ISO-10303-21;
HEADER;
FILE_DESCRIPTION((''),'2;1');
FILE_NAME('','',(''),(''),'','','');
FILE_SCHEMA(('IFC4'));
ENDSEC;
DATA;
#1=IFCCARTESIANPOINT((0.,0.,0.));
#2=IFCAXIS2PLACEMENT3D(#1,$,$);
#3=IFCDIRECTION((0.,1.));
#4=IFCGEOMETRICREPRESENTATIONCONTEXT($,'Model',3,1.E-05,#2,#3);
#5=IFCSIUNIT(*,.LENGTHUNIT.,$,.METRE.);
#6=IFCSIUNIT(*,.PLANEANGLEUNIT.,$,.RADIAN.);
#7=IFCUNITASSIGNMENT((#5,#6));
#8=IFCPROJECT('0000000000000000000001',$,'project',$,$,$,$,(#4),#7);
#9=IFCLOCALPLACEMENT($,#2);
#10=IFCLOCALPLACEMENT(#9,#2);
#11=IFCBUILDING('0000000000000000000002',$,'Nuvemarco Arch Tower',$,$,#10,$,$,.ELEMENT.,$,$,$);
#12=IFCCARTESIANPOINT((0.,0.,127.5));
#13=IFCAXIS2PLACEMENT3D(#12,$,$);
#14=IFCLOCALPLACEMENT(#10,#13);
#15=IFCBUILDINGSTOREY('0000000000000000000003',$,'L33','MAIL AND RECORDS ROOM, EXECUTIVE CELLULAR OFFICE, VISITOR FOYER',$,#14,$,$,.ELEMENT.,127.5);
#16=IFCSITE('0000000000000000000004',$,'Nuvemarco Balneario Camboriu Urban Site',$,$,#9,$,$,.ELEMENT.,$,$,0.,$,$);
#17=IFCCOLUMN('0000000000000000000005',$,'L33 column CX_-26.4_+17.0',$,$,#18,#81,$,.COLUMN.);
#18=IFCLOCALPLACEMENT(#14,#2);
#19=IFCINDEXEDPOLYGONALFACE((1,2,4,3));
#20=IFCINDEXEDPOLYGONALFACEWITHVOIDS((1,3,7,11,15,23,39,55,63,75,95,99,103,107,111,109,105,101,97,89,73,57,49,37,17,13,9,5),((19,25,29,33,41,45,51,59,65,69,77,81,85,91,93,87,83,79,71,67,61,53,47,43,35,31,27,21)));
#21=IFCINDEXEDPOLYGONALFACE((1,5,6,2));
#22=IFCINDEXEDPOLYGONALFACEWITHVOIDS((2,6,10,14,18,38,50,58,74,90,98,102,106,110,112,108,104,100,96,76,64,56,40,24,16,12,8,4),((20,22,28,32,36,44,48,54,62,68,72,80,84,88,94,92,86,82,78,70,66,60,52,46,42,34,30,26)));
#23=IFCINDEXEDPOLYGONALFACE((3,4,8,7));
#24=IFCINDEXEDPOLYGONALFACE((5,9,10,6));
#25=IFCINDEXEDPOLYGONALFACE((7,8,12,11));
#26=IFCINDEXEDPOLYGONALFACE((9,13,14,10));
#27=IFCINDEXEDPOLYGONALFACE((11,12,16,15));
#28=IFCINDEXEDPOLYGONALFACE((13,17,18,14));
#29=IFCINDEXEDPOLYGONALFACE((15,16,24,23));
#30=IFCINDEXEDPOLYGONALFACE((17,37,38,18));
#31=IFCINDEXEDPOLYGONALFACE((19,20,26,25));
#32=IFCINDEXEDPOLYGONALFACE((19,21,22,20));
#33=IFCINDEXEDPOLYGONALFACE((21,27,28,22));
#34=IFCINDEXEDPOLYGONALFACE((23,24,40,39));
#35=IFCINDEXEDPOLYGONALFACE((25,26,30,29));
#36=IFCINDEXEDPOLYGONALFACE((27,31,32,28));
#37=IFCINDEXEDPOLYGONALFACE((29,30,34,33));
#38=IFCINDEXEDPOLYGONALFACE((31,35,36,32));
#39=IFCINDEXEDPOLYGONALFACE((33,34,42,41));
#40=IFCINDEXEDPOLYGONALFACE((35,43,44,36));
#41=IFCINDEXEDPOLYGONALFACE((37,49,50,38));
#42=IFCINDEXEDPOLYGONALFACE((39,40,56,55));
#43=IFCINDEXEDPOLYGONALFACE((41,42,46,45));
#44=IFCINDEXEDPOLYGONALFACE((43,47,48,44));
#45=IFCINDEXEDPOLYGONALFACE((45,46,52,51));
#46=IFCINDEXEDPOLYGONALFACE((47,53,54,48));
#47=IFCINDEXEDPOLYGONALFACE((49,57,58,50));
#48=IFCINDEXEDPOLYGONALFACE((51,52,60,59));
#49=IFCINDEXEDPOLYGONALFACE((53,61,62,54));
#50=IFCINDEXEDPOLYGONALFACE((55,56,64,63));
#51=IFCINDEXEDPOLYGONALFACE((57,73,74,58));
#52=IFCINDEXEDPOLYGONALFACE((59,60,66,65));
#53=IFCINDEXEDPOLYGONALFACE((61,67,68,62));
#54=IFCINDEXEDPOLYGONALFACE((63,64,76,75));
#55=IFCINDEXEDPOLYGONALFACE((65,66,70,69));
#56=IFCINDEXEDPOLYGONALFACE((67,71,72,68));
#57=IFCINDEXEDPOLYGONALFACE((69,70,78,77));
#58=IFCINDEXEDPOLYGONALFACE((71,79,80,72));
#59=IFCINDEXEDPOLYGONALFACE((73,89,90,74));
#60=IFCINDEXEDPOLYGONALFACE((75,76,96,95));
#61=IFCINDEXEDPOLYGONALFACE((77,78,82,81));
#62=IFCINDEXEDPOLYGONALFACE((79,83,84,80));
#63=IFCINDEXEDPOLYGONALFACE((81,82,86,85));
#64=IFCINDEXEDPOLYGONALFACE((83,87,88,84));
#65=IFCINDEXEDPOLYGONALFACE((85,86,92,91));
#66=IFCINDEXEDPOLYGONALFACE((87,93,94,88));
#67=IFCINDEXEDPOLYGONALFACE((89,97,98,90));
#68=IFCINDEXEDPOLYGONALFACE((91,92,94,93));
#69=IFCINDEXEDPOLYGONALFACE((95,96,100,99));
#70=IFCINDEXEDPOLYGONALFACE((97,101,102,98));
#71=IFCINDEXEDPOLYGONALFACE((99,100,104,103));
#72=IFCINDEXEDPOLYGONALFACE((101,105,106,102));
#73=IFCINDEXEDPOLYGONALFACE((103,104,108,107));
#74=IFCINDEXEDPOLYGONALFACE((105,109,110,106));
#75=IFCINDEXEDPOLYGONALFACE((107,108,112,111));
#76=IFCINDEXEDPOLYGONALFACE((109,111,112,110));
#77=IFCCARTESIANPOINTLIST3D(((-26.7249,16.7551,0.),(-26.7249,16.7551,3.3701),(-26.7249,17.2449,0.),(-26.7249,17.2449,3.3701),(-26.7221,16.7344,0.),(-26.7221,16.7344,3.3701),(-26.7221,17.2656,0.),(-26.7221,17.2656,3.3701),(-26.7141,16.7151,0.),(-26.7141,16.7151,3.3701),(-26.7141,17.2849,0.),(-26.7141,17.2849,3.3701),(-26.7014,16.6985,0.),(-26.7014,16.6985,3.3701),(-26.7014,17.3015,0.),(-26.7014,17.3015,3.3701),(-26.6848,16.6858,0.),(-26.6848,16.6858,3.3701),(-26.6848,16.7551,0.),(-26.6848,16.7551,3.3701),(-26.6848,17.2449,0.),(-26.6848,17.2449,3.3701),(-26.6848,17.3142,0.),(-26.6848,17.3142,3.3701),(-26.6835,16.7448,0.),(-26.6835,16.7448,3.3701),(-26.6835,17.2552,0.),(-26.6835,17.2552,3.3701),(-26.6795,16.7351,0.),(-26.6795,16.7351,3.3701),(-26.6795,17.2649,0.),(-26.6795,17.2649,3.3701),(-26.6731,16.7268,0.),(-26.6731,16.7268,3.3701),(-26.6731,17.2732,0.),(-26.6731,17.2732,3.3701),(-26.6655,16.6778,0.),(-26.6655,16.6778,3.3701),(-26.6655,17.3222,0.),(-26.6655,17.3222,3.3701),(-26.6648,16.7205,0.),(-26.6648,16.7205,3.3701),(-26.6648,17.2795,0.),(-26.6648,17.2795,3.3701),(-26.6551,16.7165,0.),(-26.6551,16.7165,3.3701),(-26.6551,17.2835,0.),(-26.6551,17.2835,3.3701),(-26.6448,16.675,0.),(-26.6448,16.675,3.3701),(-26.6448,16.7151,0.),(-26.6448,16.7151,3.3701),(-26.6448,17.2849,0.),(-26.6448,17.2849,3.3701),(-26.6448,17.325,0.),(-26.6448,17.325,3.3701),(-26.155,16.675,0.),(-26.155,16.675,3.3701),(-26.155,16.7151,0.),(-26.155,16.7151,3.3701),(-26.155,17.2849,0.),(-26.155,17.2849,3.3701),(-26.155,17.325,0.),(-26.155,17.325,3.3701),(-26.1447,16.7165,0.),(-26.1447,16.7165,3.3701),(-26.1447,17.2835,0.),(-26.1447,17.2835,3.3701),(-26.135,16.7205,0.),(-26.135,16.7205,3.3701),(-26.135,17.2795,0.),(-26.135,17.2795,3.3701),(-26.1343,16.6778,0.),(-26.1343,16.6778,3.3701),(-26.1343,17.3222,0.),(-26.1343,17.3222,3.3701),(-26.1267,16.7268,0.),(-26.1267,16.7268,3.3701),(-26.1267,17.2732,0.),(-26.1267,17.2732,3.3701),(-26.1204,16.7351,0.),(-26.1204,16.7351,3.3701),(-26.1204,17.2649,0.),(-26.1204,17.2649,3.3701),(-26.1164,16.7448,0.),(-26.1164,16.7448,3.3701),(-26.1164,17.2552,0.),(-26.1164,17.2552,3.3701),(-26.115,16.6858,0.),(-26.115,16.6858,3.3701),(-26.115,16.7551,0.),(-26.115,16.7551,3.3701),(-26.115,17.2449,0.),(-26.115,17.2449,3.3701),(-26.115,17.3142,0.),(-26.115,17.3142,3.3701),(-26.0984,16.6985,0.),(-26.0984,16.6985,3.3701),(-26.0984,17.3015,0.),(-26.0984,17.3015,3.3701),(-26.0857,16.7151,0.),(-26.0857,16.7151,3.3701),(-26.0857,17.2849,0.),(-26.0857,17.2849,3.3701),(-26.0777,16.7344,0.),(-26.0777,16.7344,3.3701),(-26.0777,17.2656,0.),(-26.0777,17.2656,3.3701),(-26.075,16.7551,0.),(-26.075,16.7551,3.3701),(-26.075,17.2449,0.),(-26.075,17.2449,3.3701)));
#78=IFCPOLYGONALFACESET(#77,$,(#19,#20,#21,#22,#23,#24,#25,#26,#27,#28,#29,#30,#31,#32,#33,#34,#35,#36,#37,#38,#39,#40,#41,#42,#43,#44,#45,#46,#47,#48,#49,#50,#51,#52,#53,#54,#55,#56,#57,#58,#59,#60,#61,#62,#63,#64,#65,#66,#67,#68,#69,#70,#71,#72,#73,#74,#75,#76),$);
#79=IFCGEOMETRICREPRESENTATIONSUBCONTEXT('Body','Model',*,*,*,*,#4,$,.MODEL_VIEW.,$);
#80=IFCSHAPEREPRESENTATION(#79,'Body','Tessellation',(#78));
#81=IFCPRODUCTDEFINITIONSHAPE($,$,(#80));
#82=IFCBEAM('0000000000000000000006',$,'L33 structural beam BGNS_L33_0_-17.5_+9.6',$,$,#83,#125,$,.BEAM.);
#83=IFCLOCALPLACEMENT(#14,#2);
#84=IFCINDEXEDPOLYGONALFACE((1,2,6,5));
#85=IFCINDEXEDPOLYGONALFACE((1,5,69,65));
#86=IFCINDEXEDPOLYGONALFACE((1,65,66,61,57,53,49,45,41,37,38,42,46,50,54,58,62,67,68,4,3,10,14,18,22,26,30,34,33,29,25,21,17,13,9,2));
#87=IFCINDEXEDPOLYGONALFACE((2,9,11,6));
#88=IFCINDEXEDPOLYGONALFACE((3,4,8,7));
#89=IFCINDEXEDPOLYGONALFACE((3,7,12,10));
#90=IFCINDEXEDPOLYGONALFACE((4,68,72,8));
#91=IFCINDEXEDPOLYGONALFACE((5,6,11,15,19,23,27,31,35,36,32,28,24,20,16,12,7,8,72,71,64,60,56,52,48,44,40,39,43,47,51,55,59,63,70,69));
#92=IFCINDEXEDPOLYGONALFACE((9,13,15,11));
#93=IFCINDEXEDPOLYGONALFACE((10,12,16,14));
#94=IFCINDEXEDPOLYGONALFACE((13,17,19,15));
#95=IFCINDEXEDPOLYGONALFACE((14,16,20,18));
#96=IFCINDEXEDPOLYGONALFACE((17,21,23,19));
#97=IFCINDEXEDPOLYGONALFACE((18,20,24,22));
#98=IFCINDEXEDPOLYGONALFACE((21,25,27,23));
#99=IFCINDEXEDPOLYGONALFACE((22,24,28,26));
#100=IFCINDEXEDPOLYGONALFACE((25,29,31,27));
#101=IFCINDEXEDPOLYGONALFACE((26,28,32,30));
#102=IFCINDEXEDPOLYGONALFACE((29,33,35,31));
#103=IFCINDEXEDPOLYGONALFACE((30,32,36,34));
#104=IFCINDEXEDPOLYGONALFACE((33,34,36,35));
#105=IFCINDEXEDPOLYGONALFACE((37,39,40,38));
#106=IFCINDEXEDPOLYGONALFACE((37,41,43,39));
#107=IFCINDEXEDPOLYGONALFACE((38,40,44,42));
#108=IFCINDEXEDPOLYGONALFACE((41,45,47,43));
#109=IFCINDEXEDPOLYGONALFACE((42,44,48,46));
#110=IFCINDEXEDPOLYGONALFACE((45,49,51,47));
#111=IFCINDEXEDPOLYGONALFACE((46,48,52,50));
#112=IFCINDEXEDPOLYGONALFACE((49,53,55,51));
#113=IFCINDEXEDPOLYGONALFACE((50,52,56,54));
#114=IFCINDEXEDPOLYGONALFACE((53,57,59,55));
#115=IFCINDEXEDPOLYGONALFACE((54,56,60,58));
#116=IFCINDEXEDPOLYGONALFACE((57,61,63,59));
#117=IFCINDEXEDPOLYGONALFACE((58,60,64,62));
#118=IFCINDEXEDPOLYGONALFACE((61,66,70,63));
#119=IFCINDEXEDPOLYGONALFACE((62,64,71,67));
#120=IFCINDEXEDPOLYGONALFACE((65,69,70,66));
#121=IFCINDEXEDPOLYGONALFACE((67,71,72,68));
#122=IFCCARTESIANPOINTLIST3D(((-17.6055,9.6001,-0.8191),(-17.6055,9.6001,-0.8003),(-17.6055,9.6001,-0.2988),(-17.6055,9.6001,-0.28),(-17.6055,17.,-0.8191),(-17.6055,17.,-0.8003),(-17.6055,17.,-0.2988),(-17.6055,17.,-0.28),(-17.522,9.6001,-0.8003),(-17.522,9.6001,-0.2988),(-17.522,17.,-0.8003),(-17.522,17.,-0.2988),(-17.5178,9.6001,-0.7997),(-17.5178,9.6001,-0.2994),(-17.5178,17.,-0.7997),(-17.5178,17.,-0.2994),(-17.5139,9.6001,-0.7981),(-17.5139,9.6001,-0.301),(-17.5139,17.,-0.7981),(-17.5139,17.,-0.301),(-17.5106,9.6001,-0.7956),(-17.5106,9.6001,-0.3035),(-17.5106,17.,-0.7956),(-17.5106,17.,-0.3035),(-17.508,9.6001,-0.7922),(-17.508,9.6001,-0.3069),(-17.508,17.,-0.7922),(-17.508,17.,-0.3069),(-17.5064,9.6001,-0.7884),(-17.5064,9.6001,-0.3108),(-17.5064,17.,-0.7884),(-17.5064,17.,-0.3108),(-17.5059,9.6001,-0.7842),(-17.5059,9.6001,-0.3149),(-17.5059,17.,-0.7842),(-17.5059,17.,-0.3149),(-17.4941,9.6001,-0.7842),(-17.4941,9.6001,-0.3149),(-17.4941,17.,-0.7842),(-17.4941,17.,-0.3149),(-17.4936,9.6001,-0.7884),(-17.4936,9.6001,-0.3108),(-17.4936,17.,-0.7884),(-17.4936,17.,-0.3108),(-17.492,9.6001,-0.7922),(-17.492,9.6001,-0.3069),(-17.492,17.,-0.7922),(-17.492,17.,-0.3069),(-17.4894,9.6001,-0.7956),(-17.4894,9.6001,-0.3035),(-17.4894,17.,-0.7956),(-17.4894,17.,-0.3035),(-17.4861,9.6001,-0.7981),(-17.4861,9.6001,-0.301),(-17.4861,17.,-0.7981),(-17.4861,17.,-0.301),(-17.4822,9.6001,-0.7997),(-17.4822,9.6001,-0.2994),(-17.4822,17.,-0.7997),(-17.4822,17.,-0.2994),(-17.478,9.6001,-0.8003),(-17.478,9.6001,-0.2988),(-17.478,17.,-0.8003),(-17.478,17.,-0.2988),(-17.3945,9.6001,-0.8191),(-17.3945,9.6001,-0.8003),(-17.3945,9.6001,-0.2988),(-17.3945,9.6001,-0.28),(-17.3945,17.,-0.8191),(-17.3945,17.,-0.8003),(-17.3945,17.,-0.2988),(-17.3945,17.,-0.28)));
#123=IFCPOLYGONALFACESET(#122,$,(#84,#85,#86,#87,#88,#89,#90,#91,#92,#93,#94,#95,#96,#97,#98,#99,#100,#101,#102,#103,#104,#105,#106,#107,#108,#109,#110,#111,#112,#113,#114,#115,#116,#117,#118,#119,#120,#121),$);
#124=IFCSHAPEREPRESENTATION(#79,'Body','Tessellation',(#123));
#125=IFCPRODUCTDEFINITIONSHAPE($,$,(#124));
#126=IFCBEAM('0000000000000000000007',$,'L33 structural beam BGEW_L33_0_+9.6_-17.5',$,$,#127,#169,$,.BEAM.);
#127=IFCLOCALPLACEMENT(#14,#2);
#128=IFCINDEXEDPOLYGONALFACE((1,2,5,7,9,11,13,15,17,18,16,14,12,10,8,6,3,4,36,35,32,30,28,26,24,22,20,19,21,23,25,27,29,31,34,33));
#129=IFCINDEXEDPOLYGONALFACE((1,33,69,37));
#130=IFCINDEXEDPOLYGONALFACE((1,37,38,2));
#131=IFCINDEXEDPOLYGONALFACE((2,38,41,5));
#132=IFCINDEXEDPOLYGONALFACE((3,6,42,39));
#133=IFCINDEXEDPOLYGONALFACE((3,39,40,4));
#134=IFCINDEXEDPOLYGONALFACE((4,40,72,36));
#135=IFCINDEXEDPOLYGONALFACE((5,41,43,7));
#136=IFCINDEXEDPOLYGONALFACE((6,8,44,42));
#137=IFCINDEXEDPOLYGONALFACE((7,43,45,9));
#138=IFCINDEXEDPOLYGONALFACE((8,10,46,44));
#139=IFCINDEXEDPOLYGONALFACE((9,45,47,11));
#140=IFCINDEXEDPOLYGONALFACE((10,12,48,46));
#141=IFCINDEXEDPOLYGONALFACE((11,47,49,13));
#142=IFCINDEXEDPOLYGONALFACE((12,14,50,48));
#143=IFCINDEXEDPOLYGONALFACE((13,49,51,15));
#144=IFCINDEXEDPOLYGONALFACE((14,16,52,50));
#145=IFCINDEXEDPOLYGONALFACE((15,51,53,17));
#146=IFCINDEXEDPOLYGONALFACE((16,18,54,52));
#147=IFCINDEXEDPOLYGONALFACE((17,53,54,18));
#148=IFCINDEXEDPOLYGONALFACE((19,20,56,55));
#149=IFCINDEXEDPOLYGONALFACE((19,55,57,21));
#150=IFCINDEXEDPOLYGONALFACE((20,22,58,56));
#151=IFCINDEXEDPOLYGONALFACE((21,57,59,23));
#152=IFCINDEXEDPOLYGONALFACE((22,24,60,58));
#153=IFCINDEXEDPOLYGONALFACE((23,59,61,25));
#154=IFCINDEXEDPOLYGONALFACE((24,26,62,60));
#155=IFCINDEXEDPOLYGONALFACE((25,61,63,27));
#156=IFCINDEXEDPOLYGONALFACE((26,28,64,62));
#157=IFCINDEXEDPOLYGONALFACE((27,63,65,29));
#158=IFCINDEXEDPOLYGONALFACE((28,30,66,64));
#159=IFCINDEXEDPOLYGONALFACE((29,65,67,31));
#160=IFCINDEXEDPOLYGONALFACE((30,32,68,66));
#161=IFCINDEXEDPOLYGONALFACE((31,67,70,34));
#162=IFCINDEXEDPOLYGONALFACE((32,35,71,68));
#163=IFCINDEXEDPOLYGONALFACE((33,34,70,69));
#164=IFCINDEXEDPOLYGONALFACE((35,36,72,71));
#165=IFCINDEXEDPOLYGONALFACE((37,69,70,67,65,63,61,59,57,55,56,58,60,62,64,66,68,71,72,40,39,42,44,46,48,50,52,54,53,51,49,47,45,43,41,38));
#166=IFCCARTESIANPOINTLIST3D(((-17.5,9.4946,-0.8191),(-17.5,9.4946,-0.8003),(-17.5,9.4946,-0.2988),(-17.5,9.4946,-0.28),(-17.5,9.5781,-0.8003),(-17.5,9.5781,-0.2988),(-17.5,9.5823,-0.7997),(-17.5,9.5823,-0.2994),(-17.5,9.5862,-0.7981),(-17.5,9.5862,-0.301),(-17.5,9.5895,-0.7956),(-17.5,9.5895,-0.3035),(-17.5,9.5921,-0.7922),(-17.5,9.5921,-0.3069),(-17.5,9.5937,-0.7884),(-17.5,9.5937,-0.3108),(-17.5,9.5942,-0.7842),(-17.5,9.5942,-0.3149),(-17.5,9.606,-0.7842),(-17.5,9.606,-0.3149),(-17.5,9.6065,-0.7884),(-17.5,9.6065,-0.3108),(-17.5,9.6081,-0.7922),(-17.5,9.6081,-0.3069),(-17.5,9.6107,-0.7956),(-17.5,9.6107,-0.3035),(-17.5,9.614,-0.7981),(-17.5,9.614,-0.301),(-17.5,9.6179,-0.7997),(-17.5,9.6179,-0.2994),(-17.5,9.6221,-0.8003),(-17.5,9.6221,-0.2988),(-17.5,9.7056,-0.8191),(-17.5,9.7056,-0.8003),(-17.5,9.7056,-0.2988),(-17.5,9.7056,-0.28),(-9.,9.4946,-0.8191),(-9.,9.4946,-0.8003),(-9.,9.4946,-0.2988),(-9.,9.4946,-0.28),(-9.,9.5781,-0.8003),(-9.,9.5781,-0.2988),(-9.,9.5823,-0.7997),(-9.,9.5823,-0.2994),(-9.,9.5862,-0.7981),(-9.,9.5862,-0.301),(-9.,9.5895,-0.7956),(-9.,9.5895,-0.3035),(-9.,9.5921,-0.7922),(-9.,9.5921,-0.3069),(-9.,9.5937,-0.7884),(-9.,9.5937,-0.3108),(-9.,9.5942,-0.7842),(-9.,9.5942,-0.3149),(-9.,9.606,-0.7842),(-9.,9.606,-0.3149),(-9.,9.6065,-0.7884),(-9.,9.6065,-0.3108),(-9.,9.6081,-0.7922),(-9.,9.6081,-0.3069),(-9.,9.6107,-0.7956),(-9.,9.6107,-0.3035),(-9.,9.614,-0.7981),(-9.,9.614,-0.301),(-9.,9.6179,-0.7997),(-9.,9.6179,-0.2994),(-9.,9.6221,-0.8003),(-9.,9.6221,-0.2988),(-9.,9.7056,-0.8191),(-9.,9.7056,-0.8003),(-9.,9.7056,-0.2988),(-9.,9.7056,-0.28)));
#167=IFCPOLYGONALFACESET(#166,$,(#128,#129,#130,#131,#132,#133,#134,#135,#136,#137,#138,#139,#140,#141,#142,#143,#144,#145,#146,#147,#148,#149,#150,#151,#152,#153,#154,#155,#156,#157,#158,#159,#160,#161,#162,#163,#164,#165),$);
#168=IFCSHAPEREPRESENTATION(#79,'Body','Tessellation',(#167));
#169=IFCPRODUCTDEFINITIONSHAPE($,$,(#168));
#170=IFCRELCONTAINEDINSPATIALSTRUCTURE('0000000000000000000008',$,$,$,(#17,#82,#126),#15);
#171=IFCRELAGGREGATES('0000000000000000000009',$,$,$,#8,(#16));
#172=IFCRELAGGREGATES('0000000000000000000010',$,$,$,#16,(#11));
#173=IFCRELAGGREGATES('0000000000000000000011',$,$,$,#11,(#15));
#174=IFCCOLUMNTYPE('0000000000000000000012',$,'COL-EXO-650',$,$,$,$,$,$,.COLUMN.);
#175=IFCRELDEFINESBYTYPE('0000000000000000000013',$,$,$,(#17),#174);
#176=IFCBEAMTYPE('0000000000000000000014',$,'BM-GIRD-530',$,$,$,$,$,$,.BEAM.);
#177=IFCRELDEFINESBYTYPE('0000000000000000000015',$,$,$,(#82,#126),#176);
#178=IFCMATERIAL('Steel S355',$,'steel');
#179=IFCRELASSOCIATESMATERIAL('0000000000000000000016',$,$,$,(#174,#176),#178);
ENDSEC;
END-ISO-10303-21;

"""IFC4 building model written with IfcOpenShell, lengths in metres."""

from ifc_helpers import new_model, si_unit, direction, frame, origin, origin_2d, place, context, subcontext, project, spatial, hollow_rectangle, i_section, extrude, material, material_profile, profile_set, type_object, element, save


model = new_model("IFC4")

# Units and contexts
model_context = context("Model", 3, precision=1e-05, world=origin(), true_north=direction((0.0, 1.0)))
body_context = subcontext(model_context, "Body", "Model", "MODEL_VIEW")
ifc_project = project(units=[si_unit("LENGTHUNIT", "METRE"), si_unit("PLANEANGLEUNIT", "RADIAN")], contexts=[model_context])

# Site, building, storey
site_placement = place(None, origin())
site = spatial("IfcSite", under=ifc_project, at=site_placement, Name="Nuvemarco Balneario Camboriu Urban Site", CompositionType="ELEMENT", RefElevation=0.0)
building_placement = place(site_placement, origin())
building = spatial("IfcBuilding", under=site, at=building_placement, Name="Nuvemarco Arch Tower", CompositionType="ELEMENT")
storey_placement = place(building_placement, frame((0.0, 0.0, 127.5)))
storey = spatial("IfcBuildingStorey", under=building, at=storey_placement, Name="L33", Description="MAIL AND RECORDS ROOM, EXECUTIVE CELLULAR OFFICE, VISITOR FOYER", CompositionType="ELEMENT", Elevation=127.5)

# Column
ifc_material_1 = material(Name="Steel S355", Category="steel")
ifc_material_profile_1 = material_profile(ifc_material_1, hollow_rectangle(XDim=0.6499, YDim=0.6499, WallThickness=0.04, InnerFilletRadius=0.04, OuterFilletRadius=0.0801, at=origin_2d()), Name="SHS650x650x40")
ifc_profile_set_1 = profile_set([ifc_material_profile_1], Name="Steel S355")
column_type = type_object("IfcColumnType", Name="COL-EXO-650", PredefinedType="COLUMN", material=ifc_profile_set_1)
column_placement = place(storey_placement, frame((-26.3999, 17.0, 0.0), z_axis=(0.0, 0.0, 1.0), x_axis=(1.0, 0.0, 0.0)))
element("IfcColumn", 1, at=column_placement, inside=storey, type_object=column_type, Name="L33 column CX_-26.4_+17.0", PredefinedType="COLUMN", context=body_context, shape_type="SweptSolid", body=[
    extrude(hollow_rectangle(XDim=0.6499, YDim=0.6499, WallThickness=0.04, InnerFilletRadius=0.04, OuterFilletRadius=0.0801, at=origin_2d()), origin(), (0.0, 0.0, 1.0), 3.3701),
])

# Beams
ifc_material_profile_2 = material_profile(ifc_material_1, i_section(OverallWidth=0.2109, OverallDepth=0.5391, WebThickness=0.0117, FlangeThickness=0.0188, FilletRadius=0.0161, at=origin_2d()), Name="W530x109")
ifc_profile_set_2 = profile_set([ifc_material_profile_2], Name="Steel S355")
beam_type_1 = type_object("IfcBeamType", Name="BM-GIRD-530", PredefinedType="BEAM", material=ifc_profile_set_2)
beam_1_placement = place(storey_placement, frame((-17.5, 9.6001, -0.5496), z_axis=(0.0, 1.0, 0.0), x_axis=(-1.0, 0.0, 0.0)))
element("IfcBeam", 2, at=beam_1_placement, inside=storey, type_object=beam_type_1, Name="L33 structural beam BGNS_L33_0_-17.5_+9.6", PredefinedType="BEAM", context=body_context, shape_type="SweptSolid", body=[
    extrude(i_section(OverallWidth=0.2109, OverallDepth=0.5391, WebThickness=0.0117, FlangeThickness=0.0188, FilletRadius=0.0161, at=origin_2d()), origin(), (0.0, 0.0, 1.0), 7.3999),
])
beam_2_placement = place(storey_placement, frame((-17.5, 9.6001, -0.5496), z_axis=(1.0, 0.0, 0.0), x_axis=(0.0, 1.0, 0.0)))
element("IfcBeam", 3, at=beam_2_placement, inside=storey, type_object=beam_type_1, Name="L33 structural beam BGEW_L33_0_+9.6_-17.5", PredefinedType="BEAM", context=body_context, shape_type="SweptSolid", body=[
    extrude(i_section(OverallWidth=0.2109, OverallDepth=0.5391, WebThickness=0.0117, FlangeThickness=0.0188, FilletRadius=0.0161, at=origin_2d()), origin(), (0.0, 0.0, 1.0), 8.5),
])

save(model, "model.ifc")
